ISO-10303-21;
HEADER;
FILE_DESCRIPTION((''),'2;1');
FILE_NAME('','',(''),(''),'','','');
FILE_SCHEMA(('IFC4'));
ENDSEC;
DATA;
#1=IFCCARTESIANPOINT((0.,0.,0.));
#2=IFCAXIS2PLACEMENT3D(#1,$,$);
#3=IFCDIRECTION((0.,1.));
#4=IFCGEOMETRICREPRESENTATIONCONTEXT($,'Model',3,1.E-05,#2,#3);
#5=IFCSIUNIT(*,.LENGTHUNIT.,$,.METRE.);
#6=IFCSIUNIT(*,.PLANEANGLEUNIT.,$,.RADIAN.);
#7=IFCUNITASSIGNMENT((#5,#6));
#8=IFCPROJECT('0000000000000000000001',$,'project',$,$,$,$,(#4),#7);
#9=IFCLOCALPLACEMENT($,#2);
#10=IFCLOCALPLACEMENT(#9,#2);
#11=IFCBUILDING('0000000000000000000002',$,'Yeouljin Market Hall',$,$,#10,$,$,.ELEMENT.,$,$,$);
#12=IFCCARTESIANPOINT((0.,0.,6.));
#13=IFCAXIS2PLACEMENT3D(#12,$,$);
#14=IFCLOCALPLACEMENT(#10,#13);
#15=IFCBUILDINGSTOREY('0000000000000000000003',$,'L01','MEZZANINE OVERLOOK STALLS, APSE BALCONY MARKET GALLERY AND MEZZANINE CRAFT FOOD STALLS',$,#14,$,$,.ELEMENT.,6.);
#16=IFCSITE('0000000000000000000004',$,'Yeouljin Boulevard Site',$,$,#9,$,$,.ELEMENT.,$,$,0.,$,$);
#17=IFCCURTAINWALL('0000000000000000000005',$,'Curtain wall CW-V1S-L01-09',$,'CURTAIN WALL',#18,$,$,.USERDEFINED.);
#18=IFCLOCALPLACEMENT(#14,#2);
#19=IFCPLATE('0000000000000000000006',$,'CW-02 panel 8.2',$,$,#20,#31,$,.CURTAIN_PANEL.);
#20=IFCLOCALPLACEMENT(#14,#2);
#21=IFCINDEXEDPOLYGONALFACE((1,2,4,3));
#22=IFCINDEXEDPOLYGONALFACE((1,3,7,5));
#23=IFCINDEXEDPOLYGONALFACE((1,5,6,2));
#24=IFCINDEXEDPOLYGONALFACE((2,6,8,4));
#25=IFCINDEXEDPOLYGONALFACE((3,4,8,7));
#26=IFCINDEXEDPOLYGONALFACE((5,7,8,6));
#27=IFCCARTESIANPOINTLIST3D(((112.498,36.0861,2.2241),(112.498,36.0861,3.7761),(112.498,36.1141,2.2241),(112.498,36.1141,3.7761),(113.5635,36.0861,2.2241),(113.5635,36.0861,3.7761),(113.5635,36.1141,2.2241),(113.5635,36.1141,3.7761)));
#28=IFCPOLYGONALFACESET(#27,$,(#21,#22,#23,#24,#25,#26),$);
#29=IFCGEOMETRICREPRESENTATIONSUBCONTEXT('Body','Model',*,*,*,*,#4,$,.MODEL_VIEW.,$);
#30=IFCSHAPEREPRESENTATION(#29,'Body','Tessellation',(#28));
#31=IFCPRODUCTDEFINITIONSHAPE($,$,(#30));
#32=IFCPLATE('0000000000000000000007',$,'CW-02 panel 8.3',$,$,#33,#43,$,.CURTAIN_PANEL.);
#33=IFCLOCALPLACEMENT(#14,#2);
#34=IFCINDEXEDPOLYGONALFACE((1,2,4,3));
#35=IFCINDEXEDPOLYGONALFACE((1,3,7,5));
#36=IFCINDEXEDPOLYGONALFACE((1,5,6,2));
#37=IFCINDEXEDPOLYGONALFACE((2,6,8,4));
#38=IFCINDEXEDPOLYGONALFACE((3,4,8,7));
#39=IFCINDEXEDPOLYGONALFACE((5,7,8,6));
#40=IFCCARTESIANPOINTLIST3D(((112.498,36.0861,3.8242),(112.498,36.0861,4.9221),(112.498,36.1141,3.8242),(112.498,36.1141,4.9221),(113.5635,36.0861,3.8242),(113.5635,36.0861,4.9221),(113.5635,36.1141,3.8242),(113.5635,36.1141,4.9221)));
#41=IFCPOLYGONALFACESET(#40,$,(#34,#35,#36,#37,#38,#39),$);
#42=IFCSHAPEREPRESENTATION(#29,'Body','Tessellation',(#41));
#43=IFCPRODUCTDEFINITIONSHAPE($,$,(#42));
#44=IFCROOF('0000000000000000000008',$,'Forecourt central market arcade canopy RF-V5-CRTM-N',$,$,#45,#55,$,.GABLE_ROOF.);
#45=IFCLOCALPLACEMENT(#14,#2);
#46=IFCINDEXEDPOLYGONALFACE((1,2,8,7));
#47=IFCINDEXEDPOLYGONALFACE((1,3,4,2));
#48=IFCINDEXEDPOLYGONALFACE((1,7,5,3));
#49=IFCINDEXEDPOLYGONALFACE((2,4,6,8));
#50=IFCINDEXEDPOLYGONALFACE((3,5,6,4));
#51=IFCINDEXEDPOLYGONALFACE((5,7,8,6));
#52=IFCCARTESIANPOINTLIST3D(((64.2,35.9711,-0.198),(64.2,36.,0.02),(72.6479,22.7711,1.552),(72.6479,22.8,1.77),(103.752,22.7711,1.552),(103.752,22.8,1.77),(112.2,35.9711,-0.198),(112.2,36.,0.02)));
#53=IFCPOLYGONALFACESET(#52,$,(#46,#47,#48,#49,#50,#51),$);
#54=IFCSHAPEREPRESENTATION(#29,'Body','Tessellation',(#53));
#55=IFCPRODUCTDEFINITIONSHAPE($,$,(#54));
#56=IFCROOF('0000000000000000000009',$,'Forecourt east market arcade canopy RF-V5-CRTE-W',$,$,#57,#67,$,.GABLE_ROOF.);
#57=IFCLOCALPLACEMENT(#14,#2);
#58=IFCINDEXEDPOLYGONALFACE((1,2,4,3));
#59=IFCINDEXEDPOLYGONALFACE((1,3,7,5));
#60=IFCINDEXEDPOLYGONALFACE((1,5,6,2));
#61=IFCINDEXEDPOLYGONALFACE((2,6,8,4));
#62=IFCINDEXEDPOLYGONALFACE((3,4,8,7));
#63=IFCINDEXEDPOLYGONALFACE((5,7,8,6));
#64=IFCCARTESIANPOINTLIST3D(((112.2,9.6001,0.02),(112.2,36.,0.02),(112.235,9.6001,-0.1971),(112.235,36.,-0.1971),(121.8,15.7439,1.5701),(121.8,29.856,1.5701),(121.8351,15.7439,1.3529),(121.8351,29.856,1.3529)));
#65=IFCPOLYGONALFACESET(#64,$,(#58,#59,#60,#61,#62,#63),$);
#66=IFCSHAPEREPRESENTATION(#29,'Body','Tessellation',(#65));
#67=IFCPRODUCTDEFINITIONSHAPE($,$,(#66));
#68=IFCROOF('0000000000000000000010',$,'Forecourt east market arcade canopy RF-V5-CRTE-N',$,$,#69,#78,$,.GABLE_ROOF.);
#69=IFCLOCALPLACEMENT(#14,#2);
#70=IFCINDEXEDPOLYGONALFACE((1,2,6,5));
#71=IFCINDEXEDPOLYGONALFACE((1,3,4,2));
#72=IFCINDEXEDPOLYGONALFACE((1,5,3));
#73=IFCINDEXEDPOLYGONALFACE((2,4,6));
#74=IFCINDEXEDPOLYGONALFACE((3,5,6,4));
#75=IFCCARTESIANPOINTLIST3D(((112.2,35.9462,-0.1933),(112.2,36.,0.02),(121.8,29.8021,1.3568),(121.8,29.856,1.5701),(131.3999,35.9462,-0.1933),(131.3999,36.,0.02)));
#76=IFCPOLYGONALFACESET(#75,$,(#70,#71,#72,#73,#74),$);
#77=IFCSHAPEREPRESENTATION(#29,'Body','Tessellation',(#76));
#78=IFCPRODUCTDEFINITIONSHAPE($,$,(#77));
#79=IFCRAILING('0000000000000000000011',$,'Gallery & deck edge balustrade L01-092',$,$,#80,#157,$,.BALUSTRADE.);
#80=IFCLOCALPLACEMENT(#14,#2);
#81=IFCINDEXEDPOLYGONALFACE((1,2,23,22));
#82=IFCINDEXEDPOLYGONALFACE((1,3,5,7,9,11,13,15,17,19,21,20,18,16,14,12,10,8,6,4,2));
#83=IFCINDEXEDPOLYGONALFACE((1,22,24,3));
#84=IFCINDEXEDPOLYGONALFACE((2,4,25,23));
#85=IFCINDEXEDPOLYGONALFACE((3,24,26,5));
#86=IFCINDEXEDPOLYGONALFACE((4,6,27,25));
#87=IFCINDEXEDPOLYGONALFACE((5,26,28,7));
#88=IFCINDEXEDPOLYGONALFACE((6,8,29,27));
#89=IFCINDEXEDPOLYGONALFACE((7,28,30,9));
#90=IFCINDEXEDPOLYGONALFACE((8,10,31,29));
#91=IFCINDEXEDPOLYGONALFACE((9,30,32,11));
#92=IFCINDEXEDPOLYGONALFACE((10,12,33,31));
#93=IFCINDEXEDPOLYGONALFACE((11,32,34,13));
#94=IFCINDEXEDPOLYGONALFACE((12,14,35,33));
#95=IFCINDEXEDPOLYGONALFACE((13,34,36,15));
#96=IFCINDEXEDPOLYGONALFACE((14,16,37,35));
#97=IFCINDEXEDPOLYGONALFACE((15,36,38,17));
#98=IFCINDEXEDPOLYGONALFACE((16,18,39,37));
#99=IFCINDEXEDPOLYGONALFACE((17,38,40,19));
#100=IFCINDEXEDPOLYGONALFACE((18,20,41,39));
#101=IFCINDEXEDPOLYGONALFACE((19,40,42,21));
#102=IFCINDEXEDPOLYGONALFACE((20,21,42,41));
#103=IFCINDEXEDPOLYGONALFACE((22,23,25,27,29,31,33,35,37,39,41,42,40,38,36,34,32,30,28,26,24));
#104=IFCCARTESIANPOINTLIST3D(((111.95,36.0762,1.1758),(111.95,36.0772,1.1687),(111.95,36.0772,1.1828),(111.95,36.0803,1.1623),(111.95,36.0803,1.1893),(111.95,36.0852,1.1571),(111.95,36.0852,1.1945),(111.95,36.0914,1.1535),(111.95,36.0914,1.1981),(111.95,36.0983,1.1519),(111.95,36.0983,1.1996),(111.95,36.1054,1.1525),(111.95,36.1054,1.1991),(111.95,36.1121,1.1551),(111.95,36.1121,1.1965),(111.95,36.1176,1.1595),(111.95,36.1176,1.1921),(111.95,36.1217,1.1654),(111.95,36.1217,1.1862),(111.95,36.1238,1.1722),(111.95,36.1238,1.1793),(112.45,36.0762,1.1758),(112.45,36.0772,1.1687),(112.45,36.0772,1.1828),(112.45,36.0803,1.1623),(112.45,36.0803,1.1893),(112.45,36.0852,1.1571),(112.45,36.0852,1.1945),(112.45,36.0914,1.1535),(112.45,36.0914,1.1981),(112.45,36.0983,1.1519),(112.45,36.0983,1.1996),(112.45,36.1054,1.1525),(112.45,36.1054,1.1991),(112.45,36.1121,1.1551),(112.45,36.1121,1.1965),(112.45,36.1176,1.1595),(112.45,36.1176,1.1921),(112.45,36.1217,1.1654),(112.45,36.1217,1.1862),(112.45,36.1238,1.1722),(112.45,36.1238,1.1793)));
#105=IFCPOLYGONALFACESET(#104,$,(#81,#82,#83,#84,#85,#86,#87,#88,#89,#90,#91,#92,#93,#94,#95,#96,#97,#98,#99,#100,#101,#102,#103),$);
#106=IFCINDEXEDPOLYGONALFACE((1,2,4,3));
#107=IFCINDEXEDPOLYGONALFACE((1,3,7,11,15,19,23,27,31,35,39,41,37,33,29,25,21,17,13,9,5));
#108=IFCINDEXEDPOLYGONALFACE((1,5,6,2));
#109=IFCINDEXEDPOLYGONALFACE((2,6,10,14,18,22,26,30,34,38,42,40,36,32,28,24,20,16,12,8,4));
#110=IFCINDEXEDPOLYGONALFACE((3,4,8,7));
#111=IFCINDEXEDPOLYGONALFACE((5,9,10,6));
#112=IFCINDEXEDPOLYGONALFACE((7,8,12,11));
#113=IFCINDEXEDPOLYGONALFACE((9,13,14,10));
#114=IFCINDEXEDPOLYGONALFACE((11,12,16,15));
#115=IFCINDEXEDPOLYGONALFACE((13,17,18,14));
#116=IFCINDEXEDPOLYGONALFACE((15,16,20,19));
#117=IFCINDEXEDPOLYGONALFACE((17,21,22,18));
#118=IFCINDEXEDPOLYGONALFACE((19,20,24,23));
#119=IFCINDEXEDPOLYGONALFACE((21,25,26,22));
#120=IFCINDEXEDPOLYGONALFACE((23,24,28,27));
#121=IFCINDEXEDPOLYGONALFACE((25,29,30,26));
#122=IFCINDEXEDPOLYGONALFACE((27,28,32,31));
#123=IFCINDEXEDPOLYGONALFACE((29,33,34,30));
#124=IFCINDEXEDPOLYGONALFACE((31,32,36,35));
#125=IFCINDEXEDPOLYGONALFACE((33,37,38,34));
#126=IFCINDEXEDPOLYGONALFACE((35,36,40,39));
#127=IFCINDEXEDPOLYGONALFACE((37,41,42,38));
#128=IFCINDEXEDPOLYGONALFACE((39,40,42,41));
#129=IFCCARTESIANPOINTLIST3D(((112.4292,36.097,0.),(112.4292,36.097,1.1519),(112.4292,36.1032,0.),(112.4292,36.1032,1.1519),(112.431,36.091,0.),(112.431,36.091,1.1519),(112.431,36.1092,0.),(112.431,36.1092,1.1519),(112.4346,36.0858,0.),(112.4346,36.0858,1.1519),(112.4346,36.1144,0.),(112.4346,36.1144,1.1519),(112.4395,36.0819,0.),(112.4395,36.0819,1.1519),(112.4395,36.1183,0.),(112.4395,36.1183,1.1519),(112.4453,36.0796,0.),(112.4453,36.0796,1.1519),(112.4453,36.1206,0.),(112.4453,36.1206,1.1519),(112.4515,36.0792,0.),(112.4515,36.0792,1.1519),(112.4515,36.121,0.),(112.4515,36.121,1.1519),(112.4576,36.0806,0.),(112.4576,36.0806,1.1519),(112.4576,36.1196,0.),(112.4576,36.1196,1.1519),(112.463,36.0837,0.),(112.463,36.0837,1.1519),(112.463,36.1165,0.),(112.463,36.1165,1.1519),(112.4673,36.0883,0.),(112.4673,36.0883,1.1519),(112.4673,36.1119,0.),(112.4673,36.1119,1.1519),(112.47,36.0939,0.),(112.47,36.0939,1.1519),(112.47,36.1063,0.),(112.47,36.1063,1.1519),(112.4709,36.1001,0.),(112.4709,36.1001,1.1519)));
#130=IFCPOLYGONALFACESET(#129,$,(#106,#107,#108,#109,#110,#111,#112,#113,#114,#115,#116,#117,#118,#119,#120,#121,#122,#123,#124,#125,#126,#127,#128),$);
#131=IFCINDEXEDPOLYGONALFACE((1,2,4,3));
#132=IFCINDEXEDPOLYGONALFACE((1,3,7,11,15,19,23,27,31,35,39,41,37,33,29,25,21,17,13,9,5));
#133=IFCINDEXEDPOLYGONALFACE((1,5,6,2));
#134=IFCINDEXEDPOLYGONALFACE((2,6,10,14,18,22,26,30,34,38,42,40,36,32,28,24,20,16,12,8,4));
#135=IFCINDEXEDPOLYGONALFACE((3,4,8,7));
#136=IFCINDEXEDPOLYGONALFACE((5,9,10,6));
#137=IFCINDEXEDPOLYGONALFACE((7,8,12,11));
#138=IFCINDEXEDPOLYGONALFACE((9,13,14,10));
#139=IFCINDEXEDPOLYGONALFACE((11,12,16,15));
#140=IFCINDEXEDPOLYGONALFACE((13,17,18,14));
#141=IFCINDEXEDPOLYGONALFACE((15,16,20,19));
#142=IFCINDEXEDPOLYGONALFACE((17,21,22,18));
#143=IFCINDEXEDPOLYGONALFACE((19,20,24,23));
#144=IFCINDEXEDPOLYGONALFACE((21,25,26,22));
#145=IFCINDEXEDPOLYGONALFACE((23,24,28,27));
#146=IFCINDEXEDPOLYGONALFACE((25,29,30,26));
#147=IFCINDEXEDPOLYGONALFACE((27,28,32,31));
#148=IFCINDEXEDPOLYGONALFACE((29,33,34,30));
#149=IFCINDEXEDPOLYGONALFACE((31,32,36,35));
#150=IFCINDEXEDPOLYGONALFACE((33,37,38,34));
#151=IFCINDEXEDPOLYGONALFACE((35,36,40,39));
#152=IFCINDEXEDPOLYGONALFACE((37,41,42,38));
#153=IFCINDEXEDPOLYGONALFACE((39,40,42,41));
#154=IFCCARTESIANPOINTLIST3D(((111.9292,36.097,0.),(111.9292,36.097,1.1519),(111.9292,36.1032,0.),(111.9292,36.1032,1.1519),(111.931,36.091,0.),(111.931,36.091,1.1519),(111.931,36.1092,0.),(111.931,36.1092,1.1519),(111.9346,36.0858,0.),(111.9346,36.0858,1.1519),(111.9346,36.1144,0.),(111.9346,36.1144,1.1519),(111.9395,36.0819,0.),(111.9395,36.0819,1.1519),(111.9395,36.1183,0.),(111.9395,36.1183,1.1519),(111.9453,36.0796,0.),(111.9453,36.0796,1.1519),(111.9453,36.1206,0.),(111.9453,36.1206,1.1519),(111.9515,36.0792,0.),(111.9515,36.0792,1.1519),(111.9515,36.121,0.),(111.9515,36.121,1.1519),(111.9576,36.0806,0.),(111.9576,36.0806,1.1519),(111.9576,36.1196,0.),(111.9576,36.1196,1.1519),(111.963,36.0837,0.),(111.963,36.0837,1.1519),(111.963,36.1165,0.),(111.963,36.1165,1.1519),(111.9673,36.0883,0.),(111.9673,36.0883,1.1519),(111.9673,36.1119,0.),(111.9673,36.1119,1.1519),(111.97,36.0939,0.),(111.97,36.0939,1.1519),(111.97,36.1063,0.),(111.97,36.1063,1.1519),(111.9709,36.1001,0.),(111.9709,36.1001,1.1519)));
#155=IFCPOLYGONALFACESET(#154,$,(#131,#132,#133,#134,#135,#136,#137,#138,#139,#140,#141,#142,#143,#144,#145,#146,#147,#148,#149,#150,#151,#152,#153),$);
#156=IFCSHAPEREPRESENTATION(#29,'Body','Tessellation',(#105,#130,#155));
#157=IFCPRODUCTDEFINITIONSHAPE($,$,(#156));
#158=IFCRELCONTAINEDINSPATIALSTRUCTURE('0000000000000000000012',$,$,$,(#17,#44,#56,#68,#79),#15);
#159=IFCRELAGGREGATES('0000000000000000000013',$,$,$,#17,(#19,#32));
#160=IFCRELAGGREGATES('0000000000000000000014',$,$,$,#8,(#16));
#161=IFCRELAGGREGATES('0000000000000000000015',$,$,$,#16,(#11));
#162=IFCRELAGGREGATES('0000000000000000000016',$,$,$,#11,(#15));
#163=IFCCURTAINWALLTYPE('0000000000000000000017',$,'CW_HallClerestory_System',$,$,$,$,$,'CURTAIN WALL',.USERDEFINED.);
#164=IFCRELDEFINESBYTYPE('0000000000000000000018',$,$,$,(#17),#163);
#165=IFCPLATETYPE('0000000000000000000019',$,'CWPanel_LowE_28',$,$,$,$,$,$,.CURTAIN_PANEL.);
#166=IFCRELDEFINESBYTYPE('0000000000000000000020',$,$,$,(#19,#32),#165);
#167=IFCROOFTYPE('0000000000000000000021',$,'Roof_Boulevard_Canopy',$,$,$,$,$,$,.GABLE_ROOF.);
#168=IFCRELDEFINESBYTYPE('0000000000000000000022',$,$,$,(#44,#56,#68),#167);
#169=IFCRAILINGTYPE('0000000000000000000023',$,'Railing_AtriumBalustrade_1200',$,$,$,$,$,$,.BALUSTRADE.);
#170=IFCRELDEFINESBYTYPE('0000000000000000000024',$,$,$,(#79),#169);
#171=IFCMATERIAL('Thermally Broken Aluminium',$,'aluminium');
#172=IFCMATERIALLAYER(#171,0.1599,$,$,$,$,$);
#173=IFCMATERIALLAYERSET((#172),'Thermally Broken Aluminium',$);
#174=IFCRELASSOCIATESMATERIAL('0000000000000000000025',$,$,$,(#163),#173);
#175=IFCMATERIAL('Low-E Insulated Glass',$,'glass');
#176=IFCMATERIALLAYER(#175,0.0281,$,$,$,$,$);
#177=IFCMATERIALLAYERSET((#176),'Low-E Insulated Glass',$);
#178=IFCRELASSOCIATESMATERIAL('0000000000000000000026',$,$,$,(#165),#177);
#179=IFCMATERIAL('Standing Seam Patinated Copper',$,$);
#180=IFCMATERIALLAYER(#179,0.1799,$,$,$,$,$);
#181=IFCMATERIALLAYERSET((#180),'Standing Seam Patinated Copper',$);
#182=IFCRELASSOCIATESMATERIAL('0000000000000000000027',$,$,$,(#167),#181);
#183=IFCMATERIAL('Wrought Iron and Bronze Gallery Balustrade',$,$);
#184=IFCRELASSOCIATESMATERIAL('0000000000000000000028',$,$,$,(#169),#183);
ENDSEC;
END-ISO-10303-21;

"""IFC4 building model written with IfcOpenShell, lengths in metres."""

from ifc_helpers import new_model, si_unit, direction, frame, origin, origin_2d, place, context, subcontext, project, spatial, polyline, rectangle, circle, outline, extrude, material, layer, layer_set, type_object, element, aggregate, save


model = new_model("IFC4")

# Units and contexts
model_context = context("Model", 3, precision=1e-05, world=origin(), true_north=direction((0.0, 1.0)))
body_context = subcontext(model_context, "Body", "Model", "MODEL_VIEW")
ifc_project = project(units=[si_unit("LENGTHUNIT", "METRE"), si_unit("PLANEANGLEUNIT", "RADIAN")], contexts=[model_context])

# Site, building, storey
site_placement = place(None, origin())
site = spatial("IfcSite", under=ifc_project, at=site_placement, Name="Yeouljin Boulevard Site", CompositionType="ELEMENT", RefElevation=0.0)
building_placement = place(site_placement, origin())
building = spatial("IfcBuilding", under=site, at=building_placement, Name="Yeouljin Market Hall", CompositionType="ELEMENT")
storey_placement = place(building_placement, frame((0.0, 0.0, 6.0)))
storey = spatial("IfcBuildingStorey", under=building, at=storey_placement, Name="L01", Description="MEZZANINE OVERLOOK STALLS, APSE BALCONY MARKET GALLERY AND MEZZANINE CRAFT FOOD STALLS", CompositionType="ELEMENT", Elevation=6.0)

# Curtain wall
ifc_material_1 = material(Name="Thermally Broken Aluminium", Category="aluminium")
ifc_layer_1 = layer(ifc_material_1, 0.1599)
ifc_layer_set_1 = layer_set([ifc_layer_1], Name="Thermally Broken Aluminium")
curtain_wall_type = type_object("IfcCurtainWallType", Name="CW_HallClerestory_System", ElementType="CURTAIN WALL", PredefinedType="USERDEFINED", material=ifc_layer_set_1)
curtain_wall_placement = place(storey_placement, origin())
curtain_wall = element("IfcCurtainWall", 1, at=curtain_wall_placement, inside=storey, type_object=curtain_wall_type, Name="Curtain wall CW-V1S-L01-09", ObjectType="CURTAIN WALL", PredefinedType="USERDEFINED")

# Plates
ifc_material_2 = material(Name="Low-E Insulated Glass", Category="glass")
ifc_layer_2 = layer(ifc_material_2, 0.0281)
ifc_layer_set_2 = layer_set([ifc_layer_2], Name="Low-E Insulated Glass")
plate_type = type_object("IfcPlateType", Name="CWPanel_LowE_28", PredefinedType="CURTAIN_PANEL", material=ifc_layer_set_2)
plate_1_placement = place(storey_placement, frame((113.0308, 36.1001, 2.2241), z_axis=(0.0, 0.0, 1.0), x_axis=(-1.0, 0.0, 0.0)))
plate_1 = element("IfcPlate", 2, at=plate_1_placement, type_object=plate_type, Name="CW-02 panel 8.2", PredefinedType="CURTAIN_PANEL", context=body_context, shape_type="SweptSolid", body=[
    extrude(rectangle(XDim=1.0654, YDim=0.0281, at=origin_2d()), origin(), (0.0, 0.0, 1.0), 1.552),
])
plate_2_placement = place(storey_placement, frame((113.0308, 36.1001, 3.8242), z_axis=(0.0, 0.0, 1.0), x_axis=(-1.0, 0.0, 0.0)))
plate_2 = element("IfcPlate", 3, at=plate_2_placement, type_object=plate_type, Name="CW-02 panel 8.3", PredefinedType="CURTAIN_PANEL", context=body_context, shape_type="SweptSolid", body=[
    extrude(rectangle(XDim=1.0654, YDim=0.0281, at=origin_2d()), origin(), (0.0, 0.0, 1.0), 1.0979),
])
aggregate(curtain_wall, [plate_1, plate_2])

# Roofs
ifc_material_3 = material(Name="Standing Seam Patinated Copper")
ifc_layer_3 = layer(ifc_material_3, 0.1799)
ifc_layer_set_3 = layer_set([ifc_layer_3], Name="Standing Seam Patinated Copper")
roof_type = type_object("IfcRoofType", Name="Roof_Boulevard_Canopy", PredefinedType="GABLE_ROOF", material=ifc_layer_set_3)
roof_1_placement = place(storey_placement, frame((112.2, 36.0, 0.02), z_axis=(0.0, 0.131426, 0.991326), x_axis=(-1.0, 0.0, 0.0)))
element("IfcRoof", 4, at=roof_1_placement, inside=storey, type_object=roof_type, Name="Forecourt central market arcade canopy RF-V5-CRTM-N", PredefinedType="GABLE_ROOF", context=body_context, shape_type="SweptSolid", body=[
    extrude(outline(polyline([(0.0, 0.0), (48.0, 0.0), (39.552, 13.3155), (8.448, 13.3155), (0.0, 0.0)])), origin(), (0.0, 0.0, -1.0), 0.22),
])
roof_2_placement = place(storey_placement, frame((112.2, 36.0, 0.02), z_axis=(-0.159397, 0.0, 0.987214), x_axis=(0.0, -1.0, 0.0)))
element("IfcRoof", 5, at=roof_2_placement, inside=storey, type_object=roof_type, Name="Forecourt east market arcade canopy RF-V5-CRTE-W", PredefinedType="GABLE_ROOF", context=body_context, shape_type="SweptSolid", body=[
    extrude(outline(polyline([(0.0, 0.0), (26.3999, 0.0), (20.2561, 9.7244), (6.144, 9.7244), (0.0, 0.0)])), origin(), (0.0, 0.0, -1.0), 0.22),
])
roof_3_placement = place(storey_placement, frame((131.3999, 36.0, 0.02), z_axis=(0.0, 0.24462, 0.969619), x_axis=(-1.0, 0.0, 0.0)))
element("IfcRoof", 6, at=roof_3_placement, inside=storey, type_object=roof_type, Name="Forecourt east market arcade canopy RF-V5-CRTE-N", PredefinedType="GABLE_ROOF", context=body_context, shape_type="SweptSolid", body=[
    extrude(outline(polyline([(0.0, 0.0), (19.2, 0.0), (9.5999, 6.3366), (0.0, 0.0)])), origin(), (0.0, 0.0, -1.0), 0.22),
])

# Railing
ifc_material_4 = material(Name="Wrought Iron and Bronze Gallery Balustrade")
railing_type = type_object("IfcRailingType", Name="Railing_AtriumBalustrade_1200", PredefinedType="BALUSTRADE", material=ifc_material_4)
railing_placement = place(storey_placement, frame((112.45, 36.1001, 0.0)))
element("IfcRailing", 7, at=railing_placement, inside=storey, type_object=railing_type, Name="Gallery & deck edge balustrade L01-092", PredefinedType="BALUSTRADE", context=body_context, shape_type="SweptSolid", body=[
    extrude(circle(Radius=0.0239, at=origin_2d()), frame((0.0, 0.0, 1.1758), z_axis=(-1.0, 0.0, 0.0), x_axis=(0.0, -1.0, 0.0)), (0.0, 0.0, 1.0), 0.5),
    extrude(circle(Radius=0.021, at=origin_2d()), origin(), (0.0, 0.0, 1.0), 1.1519),
    extrude(circle(Radius=0.021, at=origin_2d()), frame((-0.5, 0.0, 0.0)), (0.0, 0.0, 1.0), 1.1519),
])

save(model, "model.ifc")
